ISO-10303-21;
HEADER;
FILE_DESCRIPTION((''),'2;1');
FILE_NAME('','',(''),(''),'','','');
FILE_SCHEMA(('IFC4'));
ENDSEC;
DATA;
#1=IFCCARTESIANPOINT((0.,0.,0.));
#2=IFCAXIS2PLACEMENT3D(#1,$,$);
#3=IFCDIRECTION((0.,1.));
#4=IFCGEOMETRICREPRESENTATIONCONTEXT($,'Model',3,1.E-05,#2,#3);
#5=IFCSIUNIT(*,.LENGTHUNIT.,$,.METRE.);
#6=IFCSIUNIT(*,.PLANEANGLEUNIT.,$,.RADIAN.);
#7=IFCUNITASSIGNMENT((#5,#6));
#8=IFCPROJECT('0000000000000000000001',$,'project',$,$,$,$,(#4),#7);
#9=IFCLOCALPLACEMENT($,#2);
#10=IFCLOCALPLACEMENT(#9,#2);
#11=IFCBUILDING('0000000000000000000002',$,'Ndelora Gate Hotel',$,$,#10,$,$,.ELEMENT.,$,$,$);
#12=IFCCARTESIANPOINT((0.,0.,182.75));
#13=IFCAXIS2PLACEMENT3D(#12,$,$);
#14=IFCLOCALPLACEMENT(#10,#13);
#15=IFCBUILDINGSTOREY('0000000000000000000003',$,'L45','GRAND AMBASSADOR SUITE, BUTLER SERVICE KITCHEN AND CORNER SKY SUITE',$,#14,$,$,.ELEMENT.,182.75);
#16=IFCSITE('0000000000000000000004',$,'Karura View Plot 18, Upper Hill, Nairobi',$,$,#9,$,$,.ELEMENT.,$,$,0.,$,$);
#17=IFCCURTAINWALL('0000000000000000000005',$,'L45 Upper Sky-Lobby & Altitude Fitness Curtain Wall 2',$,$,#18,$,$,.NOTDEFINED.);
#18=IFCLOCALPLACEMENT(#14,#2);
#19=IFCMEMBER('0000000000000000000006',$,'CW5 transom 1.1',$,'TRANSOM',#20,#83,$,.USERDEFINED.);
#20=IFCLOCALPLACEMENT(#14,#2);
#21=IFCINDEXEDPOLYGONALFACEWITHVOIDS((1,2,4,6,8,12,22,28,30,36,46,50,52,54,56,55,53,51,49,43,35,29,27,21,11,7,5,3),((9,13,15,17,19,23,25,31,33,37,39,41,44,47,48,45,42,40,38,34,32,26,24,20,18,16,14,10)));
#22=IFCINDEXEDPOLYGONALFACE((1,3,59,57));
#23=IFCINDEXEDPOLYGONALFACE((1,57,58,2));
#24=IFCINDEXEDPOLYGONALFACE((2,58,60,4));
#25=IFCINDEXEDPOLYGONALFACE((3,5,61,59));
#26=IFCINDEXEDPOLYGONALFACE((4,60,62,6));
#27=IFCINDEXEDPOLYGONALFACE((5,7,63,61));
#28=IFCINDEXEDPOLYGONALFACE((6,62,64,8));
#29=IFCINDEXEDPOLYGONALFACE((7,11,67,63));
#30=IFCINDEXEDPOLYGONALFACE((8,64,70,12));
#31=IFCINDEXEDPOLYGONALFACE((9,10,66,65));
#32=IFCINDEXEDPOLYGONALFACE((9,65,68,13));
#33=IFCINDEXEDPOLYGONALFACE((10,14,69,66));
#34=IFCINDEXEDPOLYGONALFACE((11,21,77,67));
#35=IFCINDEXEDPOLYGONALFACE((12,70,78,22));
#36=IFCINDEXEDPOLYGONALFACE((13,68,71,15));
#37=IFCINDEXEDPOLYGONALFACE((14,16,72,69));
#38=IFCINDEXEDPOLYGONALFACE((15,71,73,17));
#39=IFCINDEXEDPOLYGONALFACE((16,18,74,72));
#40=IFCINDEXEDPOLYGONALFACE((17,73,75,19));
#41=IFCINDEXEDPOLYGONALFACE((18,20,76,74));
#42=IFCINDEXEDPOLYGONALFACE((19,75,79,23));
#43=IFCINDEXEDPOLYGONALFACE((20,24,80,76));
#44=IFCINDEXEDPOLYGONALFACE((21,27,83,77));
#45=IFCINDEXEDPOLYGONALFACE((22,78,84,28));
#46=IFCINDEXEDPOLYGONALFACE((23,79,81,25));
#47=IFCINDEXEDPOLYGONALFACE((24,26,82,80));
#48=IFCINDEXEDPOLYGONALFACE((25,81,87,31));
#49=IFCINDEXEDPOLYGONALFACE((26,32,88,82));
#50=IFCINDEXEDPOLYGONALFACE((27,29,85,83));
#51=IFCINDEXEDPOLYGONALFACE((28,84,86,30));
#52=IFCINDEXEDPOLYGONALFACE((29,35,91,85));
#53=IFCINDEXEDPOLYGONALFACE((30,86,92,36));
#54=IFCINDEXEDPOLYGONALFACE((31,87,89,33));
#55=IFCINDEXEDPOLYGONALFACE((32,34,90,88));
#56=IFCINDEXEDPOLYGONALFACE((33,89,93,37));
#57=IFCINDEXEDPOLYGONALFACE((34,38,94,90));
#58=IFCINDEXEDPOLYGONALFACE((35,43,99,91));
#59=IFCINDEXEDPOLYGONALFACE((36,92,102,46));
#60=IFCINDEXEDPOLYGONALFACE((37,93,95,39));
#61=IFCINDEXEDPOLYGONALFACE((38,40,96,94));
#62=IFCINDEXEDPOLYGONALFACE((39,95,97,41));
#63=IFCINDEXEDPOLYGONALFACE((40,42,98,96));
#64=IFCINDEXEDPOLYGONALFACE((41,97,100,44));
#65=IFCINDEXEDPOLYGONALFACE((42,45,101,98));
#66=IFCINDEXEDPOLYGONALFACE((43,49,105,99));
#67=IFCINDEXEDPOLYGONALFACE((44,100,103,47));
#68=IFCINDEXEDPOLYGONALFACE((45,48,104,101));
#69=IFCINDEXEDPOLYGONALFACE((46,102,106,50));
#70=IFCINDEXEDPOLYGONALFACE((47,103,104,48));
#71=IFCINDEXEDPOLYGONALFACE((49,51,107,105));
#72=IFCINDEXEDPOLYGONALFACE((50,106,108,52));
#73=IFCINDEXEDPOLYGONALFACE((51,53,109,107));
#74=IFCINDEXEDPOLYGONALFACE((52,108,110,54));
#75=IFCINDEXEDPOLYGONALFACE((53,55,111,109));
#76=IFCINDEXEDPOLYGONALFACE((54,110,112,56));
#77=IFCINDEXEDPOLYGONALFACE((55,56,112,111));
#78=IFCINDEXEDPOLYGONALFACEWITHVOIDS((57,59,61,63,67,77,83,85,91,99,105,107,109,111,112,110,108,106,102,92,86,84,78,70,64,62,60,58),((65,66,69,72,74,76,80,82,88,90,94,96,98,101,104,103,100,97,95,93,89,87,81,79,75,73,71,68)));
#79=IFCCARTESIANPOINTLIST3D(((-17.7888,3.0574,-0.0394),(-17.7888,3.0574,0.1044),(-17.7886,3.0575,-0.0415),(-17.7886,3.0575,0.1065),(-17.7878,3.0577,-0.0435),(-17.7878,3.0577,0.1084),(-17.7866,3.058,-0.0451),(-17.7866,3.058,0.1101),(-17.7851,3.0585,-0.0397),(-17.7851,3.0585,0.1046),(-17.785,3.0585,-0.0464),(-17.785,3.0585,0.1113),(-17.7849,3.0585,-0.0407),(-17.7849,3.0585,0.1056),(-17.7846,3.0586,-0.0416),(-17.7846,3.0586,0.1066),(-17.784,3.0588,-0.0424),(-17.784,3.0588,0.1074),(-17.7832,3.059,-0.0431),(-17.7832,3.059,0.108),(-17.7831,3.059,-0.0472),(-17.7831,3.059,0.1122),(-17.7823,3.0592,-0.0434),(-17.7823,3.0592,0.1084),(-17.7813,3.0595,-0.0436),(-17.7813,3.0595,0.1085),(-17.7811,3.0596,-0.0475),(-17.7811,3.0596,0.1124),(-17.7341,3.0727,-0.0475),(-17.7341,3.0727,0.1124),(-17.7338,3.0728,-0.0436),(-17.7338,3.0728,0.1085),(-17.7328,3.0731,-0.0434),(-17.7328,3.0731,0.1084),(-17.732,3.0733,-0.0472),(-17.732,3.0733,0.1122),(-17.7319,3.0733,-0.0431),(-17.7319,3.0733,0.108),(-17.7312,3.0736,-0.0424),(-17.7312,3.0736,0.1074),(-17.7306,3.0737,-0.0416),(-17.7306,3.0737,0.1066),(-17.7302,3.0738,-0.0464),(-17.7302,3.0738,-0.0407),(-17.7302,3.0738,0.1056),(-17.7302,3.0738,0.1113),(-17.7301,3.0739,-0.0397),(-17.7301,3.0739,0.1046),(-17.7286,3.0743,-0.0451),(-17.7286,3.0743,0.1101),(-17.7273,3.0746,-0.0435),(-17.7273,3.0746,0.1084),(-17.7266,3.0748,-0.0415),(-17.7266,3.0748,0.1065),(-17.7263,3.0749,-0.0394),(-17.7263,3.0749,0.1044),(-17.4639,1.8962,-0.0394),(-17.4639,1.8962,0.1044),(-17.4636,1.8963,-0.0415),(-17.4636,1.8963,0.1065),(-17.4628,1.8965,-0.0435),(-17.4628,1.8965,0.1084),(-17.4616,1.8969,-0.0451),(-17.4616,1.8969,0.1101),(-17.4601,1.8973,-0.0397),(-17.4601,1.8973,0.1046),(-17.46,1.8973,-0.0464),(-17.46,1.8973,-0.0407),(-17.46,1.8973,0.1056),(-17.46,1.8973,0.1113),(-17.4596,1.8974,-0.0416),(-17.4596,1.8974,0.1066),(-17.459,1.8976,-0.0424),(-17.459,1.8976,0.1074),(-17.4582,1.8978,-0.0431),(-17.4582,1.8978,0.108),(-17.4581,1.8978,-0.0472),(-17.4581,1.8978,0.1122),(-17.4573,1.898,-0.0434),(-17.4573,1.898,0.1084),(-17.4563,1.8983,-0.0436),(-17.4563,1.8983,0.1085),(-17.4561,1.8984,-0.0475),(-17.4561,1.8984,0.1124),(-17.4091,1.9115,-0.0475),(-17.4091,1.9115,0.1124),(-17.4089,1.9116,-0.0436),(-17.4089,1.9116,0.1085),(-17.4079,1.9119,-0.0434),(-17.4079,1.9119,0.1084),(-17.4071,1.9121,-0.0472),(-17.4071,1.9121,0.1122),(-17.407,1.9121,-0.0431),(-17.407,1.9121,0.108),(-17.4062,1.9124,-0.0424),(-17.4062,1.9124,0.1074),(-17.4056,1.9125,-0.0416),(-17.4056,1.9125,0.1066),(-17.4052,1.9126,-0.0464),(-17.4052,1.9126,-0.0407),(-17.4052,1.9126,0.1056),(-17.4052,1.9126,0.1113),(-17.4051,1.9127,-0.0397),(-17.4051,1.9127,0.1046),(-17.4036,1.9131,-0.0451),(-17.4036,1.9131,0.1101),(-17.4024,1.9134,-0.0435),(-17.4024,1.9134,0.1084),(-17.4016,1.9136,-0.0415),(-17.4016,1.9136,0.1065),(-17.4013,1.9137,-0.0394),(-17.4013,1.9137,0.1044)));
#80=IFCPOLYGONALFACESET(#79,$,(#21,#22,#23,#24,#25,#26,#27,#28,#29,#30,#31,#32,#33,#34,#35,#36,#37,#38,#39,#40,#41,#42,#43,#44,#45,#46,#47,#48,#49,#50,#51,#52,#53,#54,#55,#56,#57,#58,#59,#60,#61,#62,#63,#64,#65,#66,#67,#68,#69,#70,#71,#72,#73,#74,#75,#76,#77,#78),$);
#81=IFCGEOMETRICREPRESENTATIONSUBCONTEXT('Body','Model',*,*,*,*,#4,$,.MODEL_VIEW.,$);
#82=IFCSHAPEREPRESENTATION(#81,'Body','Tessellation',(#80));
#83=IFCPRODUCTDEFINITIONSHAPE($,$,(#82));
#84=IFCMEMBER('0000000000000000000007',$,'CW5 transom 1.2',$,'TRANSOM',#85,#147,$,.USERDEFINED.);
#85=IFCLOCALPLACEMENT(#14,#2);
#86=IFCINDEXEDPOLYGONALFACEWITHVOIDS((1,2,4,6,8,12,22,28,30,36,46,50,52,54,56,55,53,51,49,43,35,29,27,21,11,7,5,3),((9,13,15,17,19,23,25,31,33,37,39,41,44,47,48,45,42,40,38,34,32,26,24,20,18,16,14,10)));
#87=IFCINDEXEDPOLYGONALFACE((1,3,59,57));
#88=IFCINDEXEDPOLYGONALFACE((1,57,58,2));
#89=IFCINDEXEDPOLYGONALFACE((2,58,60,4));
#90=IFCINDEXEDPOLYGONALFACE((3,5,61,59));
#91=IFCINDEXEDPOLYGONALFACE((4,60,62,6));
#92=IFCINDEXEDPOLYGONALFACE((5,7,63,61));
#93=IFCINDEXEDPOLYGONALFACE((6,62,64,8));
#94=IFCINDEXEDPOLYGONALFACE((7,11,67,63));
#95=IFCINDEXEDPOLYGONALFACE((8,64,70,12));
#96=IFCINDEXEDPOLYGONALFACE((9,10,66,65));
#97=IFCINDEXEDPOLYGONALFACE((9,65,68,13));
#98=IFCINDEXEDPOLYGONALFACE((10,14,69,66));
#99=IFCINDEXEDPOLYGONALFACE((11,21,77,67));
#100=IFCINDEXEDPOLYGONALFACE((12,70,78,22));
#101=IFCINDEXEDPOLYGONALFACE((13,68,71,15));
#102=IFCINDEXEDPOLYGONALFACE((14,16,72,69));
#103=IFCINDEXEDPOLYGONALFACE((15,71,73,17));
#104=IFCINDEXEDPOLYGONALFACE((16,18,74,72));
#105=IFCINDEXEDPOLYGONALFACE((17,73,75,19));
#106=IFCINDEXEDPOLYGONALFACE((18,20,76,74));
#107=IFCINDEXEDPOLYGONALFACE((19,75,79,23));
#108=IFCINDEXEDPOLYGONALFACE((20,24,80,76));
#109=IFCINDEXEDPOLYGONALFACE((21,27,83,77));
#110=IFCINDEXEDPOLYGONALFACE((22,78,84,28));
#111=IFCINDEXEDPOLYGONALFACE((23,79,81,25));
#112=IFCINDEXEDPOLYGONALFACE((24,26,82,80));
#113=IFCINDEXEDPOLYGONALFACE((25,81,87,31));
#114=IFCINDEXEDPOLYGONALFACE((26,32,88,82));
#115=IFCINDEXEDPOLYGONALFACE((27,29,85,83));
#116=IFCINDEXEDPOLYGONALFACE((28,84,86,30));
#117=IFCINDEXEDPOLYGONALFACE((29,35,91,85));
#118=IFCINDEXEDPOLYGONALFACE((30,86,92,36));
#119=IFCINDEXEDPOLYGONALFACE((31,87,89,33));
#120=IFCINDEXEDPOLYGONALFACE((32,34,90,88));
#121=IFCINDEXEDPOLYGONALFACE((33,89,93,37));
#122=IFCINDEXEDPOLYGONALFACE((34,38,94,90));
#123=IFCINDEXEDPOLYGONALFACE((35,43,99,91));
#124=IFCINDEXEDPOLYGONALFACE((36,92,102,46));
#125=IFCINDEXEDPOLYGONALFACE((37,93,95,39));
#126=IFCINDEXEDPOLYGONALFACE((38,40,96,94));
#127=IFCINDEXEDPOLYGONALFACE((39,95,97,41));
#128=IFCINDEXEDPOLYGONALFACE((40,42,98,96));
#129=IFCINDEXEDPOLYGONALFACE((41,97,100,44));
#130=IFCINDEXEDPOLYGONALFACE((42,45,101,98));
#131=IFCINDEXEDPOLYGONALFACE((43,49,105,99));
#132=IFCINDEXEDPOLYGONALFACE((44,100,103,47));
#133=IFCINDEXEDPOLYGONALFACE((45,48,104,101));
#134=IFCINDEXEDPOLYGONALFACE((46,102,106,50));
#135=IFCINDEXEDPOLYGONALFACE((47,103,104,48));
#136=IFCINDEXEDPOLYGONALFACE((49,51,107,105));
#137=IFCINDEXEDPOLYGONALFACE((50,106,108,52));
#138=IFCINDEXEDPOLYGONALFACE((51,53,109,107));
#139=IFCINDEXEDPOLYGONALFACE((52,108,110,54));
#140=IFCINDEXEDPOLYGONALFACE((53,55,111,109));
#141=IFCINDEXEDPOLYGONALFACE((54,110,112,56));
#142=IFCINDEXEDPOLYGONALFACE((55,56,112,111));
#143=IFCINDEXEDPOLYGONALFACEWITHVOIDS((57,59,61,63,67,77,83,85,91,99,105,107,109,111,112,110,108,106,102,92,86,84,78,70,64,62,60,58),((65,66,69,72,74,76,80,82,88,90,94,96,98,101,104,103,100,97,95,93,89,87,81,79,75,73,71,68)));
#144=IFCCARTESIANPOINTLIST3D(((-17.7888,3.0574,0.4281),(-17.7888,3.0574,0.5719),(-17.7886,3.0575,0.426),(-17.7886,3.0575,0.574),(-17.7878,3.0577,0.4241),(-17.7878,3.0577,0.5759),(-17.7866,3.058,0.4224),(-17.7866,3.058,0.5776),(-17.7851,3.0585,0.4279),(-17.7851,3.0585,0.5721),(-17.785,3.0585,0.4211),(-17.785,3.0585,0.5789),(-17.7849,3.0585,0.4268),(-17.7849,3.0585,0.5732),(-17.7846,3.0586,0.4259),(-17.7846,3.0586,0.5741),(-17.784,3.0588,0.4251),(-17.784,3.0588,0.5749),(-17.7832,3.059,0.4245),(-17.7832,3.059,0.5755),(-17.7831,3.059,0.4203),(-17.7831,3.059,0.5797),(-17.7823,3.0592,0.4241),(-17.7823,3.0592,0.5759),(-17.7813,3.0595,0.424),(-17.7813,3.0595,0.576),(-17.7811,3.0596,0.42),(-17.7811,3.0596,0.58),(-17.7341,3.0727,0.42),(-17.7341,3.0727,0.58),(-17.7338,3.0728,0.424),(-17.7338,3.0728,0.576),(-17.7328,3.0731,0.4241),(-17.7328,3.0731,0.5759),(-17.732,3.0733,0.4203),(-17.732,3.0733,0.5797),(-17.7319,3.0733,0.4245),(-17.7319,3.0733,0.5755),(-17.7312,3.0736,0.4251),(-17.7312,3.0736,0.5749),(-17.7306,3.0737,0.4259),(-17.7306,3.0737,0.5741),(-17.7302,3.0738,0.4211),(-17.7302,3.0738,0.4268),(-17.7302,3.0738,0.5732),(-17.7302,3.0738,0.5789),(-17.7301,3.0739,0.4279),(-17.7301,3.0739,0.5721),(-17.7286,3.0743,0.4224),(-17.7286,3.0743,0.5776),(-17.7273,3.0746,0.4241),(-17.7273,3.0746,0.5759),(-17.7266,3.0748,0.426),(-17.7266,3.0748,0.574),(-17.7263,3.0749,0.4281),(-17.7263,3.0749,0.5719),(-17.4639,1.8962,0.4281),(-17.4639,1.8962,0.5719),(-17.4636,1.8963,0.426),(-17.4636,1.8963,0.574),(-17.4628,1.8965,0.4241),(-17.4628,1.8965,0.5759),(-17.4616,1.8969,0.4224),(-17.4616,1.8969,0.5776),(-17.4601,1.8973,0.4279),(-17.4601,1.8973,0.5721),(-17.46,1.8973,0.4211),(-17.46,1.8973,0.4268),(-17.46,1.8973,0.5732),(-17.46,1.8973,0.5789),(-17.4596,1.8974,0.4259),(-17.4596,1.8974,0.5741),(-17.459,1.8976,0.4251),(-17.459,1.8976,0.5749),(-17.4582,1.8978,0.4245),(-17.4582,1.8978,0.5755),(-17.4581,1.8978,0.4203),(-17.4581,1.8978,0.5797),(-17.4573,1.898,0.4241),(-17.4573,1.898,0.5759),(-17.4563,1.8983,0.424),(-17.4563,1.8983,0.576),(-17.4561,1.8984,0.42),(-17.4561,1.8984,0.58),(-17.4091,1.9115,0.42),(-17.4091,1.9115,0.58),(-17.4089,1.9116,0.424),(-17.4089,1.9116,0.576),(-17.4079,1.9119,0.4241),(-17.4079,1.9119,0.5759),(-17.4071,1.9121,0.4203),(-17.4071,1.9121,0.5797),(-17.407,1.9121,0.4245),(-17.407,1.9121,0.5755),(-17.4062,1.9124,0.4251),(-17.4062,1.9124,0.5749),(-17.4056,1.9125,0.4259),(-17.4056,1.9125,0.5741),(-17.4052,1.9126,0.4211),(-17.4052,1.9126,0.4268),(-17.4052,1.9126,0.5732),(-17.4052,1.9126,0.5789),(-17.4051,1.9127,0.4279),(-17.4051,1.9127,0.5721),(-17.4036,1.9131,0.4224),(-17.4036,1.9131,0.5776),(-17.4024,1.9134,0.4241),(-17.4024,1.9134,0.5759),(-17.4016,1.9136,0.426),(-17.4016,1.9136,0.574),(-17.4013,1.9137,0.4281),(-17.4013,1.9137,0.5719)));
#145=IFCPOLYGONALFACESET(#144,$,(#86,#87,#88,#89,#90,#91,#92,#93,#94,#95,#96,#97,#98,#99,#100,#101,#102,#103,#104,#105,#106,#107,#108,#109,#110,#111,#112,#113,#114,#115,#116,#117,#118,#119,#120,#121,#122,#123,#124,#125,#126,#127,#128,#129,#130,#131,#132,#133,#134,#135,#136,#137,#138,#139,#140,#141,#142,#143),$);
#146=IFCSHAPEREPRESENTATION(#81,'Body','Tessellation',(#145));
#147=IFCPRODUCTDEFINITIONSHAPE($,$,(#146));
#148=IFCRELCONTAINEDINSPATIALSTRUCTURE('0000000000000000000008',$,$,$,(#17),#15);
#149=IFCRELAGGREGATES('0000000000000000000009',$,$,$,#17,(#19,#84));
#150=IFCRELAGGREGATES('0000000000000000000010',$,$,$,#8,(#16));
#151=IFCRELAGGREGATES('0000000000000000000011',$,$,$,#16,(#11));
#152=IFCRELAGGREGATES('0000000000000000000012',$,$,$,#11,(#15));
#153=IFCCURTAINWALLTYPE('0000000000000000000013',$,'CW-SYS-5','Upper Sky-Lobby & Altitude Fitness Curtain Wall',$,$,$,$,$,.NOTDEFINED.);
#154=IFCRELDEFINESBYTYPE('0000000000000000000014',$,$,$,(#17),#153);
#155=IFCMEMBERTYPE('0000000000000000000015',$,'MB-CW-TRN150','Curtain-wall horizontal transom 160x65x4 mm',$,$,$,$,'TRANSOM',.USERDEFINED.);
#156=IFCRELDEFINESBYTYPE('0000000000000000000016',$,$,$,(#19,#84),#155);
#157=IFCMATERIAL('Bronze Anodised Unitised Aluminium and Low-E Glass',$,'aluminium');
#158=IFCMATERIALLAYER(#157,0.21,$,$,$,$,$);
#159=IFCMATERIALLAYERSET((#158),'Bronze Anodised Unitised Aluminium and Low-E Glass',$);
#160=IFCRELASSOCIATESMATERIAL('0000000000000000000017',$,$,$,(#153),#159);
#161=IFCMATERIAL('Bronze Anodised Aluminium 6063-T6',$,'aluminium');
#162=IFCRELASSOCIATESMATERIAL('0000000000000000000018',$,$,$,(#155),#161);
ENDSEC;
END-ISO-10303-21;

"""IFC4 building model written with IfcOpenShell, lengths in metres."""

from ifc_helpers import new_model, si_unit, direction, frame, origin, origin_2d, place, context, subcontext, project, spatial, hollow_rectangle, extrude, material, layer, layer_set, material_profile, profile_set, type_object, element, aggregate, save


model = new_model("IFC4")

# Units and contexts
model_context = context("Model", 3, precision=1e-05, world=origin(), true_north=direction((0.0, 1.0)))
body_context = subcontext(model_context, "Body", "Model", "MODEL_VIEW")
ifc_project = project(units=[si_unit("LENGTHUNIT", "METRE"), si_unit("PLANEANGLEUNIT", "RADIAN")], contexts=[model_context])

# Site, building, storey
site_placement = place(None, origin())
site = spatial("IfcSite", under=ifc_project, at=site_placement, Name="Karura View Plot 18, Upper Hill, Nairobi", CompositionType="ELEMENT", RefElevation=0.0)
building_placement = place(site_placement, origin())
building = spatial("IfcBuilding", under=site, at=building_placement, Name="Ndelora Gate Hotel", CompositionType="ELEMENT")
storey_placement = place(building_placement, frame((0.0, 0.0, 182.75)))
storey = spatial("IfcBuildingStorey", under=building, at=storey_placement, Name="L45", Description="GRAND AMBASSADOR SUITE, BUTLER SERVICE KITCHEN AND CORNER SKY SUITE", CompositionType="ELEMENT", Elevation=182.75)

# Curtain wall
ifc_material_1 = material(Name="Bronze Anodised Unitised Aluminium and Low-E Glass", Category="aluminium")
ifc_layer_1 = layer(ifc_material_1, 0.21)
ifc_layer_set_1 = layer_set([ifc_layer_1], Name="Bronze Anodised Unitised Aluminium and Low-E Glass")
curtain_wall_type = type_object("IfcCurtainWallType", Name="CW-SYS-5", Description="Upper Sky-Lobby & Altitude Fitness Curtain Wall", PredefinedType="NOTDEFINED", material=ifc_layer_set_1)
ifc_material_2 = material(Name="Bronze Anodised Aluminium 6063-T6", Category="aluminium")
curtain_wall_1_placement = place(storey_placement, origin())
curtain_wall_1 = element("IfcCurtainWall", 1, at=curtain_wall_1_placement, inside=storey, type_object=curtain_wall_type, Name="L45 Upper Sky-Lobby & Altitude Fitness Curtain Wall 2", PredefinedType="NOTDEFINED")

# Members
ifc_material_profile_1 = material_profile(ifc_material_2, hollow_rectangle(XDim=0.0649, YDim=0.1599, WallThickness=0.0039, InnerFilletRadius=0.0039, OuterFilletRadius=0.0081, at=origin_2d()), Name="ALU 160x65x4")
ifc_profile_set_1 = profile_set([ifc_material_profile_1], Name="Bronze Anodised Aluminium 6063-T6")
member_type_1 = type_object("IfcMemberType", Name="MB-CW-TRN150", Description="Curtain-wall horizontal transom 160x65x4 mm", ElementType="TRANSOM", PredefinedType="USERDEFINED", material=ifc_profile_set_1)
member_1_placement = place(storey_placement, frame((-17.7576, 3.0662, 0.0325), z_axis=(0.269502, -0.963, 0.0), x_axis=(0.963, 0.269502, 0.0)))
member_1 = element("IfcMember", 2, at=member_1_placement, type_object=member_type_1, Name="CW5 transom 1.1", ObjectType="TRANSOM", PredefinedType="USERDEFINED", context=body_context, shape_type="SweptSolid", body=[
    extrude(hollow_rectangle(XDim=0.0649, YDim=0.1599, WallThickness=0.0039, InnerFilletRadius=0.0039, OuterFilletRadius=0.0081, at=origin_2d()), origin(), (0.0, 0.0, 1.0), 1.2058),
])
member_2_placement = place(storey_placement, frame((-17.7576, 3.0662, 0.5), z_axis=(0.269502, -0.963, 0.0), x_axis=(0.963, 0.269502, 0.0)))
member_2 = element("IfcMember", 3, at=member_2_placement, type_object=member_type_1, Name="CW5 transom 1.2", ObjectType="TRANSOM", PredefinedType="USERDEFINED", context=body_context, shape_type="SweptSolid", body=[
    extrude(hollow_rectangle(XDim=0.0649, YDim=0.1599, WallThickness=0.0039, InnerFilletRadius=0.0039, OuterFilletRadius=0.0081, at=origin_2d()), origin(), (0.0, 0.0, 1.0), 1.2058),
])

aggregate(curtain_wall_1, [member_1, member_2])

save(model, "model.ifc")
